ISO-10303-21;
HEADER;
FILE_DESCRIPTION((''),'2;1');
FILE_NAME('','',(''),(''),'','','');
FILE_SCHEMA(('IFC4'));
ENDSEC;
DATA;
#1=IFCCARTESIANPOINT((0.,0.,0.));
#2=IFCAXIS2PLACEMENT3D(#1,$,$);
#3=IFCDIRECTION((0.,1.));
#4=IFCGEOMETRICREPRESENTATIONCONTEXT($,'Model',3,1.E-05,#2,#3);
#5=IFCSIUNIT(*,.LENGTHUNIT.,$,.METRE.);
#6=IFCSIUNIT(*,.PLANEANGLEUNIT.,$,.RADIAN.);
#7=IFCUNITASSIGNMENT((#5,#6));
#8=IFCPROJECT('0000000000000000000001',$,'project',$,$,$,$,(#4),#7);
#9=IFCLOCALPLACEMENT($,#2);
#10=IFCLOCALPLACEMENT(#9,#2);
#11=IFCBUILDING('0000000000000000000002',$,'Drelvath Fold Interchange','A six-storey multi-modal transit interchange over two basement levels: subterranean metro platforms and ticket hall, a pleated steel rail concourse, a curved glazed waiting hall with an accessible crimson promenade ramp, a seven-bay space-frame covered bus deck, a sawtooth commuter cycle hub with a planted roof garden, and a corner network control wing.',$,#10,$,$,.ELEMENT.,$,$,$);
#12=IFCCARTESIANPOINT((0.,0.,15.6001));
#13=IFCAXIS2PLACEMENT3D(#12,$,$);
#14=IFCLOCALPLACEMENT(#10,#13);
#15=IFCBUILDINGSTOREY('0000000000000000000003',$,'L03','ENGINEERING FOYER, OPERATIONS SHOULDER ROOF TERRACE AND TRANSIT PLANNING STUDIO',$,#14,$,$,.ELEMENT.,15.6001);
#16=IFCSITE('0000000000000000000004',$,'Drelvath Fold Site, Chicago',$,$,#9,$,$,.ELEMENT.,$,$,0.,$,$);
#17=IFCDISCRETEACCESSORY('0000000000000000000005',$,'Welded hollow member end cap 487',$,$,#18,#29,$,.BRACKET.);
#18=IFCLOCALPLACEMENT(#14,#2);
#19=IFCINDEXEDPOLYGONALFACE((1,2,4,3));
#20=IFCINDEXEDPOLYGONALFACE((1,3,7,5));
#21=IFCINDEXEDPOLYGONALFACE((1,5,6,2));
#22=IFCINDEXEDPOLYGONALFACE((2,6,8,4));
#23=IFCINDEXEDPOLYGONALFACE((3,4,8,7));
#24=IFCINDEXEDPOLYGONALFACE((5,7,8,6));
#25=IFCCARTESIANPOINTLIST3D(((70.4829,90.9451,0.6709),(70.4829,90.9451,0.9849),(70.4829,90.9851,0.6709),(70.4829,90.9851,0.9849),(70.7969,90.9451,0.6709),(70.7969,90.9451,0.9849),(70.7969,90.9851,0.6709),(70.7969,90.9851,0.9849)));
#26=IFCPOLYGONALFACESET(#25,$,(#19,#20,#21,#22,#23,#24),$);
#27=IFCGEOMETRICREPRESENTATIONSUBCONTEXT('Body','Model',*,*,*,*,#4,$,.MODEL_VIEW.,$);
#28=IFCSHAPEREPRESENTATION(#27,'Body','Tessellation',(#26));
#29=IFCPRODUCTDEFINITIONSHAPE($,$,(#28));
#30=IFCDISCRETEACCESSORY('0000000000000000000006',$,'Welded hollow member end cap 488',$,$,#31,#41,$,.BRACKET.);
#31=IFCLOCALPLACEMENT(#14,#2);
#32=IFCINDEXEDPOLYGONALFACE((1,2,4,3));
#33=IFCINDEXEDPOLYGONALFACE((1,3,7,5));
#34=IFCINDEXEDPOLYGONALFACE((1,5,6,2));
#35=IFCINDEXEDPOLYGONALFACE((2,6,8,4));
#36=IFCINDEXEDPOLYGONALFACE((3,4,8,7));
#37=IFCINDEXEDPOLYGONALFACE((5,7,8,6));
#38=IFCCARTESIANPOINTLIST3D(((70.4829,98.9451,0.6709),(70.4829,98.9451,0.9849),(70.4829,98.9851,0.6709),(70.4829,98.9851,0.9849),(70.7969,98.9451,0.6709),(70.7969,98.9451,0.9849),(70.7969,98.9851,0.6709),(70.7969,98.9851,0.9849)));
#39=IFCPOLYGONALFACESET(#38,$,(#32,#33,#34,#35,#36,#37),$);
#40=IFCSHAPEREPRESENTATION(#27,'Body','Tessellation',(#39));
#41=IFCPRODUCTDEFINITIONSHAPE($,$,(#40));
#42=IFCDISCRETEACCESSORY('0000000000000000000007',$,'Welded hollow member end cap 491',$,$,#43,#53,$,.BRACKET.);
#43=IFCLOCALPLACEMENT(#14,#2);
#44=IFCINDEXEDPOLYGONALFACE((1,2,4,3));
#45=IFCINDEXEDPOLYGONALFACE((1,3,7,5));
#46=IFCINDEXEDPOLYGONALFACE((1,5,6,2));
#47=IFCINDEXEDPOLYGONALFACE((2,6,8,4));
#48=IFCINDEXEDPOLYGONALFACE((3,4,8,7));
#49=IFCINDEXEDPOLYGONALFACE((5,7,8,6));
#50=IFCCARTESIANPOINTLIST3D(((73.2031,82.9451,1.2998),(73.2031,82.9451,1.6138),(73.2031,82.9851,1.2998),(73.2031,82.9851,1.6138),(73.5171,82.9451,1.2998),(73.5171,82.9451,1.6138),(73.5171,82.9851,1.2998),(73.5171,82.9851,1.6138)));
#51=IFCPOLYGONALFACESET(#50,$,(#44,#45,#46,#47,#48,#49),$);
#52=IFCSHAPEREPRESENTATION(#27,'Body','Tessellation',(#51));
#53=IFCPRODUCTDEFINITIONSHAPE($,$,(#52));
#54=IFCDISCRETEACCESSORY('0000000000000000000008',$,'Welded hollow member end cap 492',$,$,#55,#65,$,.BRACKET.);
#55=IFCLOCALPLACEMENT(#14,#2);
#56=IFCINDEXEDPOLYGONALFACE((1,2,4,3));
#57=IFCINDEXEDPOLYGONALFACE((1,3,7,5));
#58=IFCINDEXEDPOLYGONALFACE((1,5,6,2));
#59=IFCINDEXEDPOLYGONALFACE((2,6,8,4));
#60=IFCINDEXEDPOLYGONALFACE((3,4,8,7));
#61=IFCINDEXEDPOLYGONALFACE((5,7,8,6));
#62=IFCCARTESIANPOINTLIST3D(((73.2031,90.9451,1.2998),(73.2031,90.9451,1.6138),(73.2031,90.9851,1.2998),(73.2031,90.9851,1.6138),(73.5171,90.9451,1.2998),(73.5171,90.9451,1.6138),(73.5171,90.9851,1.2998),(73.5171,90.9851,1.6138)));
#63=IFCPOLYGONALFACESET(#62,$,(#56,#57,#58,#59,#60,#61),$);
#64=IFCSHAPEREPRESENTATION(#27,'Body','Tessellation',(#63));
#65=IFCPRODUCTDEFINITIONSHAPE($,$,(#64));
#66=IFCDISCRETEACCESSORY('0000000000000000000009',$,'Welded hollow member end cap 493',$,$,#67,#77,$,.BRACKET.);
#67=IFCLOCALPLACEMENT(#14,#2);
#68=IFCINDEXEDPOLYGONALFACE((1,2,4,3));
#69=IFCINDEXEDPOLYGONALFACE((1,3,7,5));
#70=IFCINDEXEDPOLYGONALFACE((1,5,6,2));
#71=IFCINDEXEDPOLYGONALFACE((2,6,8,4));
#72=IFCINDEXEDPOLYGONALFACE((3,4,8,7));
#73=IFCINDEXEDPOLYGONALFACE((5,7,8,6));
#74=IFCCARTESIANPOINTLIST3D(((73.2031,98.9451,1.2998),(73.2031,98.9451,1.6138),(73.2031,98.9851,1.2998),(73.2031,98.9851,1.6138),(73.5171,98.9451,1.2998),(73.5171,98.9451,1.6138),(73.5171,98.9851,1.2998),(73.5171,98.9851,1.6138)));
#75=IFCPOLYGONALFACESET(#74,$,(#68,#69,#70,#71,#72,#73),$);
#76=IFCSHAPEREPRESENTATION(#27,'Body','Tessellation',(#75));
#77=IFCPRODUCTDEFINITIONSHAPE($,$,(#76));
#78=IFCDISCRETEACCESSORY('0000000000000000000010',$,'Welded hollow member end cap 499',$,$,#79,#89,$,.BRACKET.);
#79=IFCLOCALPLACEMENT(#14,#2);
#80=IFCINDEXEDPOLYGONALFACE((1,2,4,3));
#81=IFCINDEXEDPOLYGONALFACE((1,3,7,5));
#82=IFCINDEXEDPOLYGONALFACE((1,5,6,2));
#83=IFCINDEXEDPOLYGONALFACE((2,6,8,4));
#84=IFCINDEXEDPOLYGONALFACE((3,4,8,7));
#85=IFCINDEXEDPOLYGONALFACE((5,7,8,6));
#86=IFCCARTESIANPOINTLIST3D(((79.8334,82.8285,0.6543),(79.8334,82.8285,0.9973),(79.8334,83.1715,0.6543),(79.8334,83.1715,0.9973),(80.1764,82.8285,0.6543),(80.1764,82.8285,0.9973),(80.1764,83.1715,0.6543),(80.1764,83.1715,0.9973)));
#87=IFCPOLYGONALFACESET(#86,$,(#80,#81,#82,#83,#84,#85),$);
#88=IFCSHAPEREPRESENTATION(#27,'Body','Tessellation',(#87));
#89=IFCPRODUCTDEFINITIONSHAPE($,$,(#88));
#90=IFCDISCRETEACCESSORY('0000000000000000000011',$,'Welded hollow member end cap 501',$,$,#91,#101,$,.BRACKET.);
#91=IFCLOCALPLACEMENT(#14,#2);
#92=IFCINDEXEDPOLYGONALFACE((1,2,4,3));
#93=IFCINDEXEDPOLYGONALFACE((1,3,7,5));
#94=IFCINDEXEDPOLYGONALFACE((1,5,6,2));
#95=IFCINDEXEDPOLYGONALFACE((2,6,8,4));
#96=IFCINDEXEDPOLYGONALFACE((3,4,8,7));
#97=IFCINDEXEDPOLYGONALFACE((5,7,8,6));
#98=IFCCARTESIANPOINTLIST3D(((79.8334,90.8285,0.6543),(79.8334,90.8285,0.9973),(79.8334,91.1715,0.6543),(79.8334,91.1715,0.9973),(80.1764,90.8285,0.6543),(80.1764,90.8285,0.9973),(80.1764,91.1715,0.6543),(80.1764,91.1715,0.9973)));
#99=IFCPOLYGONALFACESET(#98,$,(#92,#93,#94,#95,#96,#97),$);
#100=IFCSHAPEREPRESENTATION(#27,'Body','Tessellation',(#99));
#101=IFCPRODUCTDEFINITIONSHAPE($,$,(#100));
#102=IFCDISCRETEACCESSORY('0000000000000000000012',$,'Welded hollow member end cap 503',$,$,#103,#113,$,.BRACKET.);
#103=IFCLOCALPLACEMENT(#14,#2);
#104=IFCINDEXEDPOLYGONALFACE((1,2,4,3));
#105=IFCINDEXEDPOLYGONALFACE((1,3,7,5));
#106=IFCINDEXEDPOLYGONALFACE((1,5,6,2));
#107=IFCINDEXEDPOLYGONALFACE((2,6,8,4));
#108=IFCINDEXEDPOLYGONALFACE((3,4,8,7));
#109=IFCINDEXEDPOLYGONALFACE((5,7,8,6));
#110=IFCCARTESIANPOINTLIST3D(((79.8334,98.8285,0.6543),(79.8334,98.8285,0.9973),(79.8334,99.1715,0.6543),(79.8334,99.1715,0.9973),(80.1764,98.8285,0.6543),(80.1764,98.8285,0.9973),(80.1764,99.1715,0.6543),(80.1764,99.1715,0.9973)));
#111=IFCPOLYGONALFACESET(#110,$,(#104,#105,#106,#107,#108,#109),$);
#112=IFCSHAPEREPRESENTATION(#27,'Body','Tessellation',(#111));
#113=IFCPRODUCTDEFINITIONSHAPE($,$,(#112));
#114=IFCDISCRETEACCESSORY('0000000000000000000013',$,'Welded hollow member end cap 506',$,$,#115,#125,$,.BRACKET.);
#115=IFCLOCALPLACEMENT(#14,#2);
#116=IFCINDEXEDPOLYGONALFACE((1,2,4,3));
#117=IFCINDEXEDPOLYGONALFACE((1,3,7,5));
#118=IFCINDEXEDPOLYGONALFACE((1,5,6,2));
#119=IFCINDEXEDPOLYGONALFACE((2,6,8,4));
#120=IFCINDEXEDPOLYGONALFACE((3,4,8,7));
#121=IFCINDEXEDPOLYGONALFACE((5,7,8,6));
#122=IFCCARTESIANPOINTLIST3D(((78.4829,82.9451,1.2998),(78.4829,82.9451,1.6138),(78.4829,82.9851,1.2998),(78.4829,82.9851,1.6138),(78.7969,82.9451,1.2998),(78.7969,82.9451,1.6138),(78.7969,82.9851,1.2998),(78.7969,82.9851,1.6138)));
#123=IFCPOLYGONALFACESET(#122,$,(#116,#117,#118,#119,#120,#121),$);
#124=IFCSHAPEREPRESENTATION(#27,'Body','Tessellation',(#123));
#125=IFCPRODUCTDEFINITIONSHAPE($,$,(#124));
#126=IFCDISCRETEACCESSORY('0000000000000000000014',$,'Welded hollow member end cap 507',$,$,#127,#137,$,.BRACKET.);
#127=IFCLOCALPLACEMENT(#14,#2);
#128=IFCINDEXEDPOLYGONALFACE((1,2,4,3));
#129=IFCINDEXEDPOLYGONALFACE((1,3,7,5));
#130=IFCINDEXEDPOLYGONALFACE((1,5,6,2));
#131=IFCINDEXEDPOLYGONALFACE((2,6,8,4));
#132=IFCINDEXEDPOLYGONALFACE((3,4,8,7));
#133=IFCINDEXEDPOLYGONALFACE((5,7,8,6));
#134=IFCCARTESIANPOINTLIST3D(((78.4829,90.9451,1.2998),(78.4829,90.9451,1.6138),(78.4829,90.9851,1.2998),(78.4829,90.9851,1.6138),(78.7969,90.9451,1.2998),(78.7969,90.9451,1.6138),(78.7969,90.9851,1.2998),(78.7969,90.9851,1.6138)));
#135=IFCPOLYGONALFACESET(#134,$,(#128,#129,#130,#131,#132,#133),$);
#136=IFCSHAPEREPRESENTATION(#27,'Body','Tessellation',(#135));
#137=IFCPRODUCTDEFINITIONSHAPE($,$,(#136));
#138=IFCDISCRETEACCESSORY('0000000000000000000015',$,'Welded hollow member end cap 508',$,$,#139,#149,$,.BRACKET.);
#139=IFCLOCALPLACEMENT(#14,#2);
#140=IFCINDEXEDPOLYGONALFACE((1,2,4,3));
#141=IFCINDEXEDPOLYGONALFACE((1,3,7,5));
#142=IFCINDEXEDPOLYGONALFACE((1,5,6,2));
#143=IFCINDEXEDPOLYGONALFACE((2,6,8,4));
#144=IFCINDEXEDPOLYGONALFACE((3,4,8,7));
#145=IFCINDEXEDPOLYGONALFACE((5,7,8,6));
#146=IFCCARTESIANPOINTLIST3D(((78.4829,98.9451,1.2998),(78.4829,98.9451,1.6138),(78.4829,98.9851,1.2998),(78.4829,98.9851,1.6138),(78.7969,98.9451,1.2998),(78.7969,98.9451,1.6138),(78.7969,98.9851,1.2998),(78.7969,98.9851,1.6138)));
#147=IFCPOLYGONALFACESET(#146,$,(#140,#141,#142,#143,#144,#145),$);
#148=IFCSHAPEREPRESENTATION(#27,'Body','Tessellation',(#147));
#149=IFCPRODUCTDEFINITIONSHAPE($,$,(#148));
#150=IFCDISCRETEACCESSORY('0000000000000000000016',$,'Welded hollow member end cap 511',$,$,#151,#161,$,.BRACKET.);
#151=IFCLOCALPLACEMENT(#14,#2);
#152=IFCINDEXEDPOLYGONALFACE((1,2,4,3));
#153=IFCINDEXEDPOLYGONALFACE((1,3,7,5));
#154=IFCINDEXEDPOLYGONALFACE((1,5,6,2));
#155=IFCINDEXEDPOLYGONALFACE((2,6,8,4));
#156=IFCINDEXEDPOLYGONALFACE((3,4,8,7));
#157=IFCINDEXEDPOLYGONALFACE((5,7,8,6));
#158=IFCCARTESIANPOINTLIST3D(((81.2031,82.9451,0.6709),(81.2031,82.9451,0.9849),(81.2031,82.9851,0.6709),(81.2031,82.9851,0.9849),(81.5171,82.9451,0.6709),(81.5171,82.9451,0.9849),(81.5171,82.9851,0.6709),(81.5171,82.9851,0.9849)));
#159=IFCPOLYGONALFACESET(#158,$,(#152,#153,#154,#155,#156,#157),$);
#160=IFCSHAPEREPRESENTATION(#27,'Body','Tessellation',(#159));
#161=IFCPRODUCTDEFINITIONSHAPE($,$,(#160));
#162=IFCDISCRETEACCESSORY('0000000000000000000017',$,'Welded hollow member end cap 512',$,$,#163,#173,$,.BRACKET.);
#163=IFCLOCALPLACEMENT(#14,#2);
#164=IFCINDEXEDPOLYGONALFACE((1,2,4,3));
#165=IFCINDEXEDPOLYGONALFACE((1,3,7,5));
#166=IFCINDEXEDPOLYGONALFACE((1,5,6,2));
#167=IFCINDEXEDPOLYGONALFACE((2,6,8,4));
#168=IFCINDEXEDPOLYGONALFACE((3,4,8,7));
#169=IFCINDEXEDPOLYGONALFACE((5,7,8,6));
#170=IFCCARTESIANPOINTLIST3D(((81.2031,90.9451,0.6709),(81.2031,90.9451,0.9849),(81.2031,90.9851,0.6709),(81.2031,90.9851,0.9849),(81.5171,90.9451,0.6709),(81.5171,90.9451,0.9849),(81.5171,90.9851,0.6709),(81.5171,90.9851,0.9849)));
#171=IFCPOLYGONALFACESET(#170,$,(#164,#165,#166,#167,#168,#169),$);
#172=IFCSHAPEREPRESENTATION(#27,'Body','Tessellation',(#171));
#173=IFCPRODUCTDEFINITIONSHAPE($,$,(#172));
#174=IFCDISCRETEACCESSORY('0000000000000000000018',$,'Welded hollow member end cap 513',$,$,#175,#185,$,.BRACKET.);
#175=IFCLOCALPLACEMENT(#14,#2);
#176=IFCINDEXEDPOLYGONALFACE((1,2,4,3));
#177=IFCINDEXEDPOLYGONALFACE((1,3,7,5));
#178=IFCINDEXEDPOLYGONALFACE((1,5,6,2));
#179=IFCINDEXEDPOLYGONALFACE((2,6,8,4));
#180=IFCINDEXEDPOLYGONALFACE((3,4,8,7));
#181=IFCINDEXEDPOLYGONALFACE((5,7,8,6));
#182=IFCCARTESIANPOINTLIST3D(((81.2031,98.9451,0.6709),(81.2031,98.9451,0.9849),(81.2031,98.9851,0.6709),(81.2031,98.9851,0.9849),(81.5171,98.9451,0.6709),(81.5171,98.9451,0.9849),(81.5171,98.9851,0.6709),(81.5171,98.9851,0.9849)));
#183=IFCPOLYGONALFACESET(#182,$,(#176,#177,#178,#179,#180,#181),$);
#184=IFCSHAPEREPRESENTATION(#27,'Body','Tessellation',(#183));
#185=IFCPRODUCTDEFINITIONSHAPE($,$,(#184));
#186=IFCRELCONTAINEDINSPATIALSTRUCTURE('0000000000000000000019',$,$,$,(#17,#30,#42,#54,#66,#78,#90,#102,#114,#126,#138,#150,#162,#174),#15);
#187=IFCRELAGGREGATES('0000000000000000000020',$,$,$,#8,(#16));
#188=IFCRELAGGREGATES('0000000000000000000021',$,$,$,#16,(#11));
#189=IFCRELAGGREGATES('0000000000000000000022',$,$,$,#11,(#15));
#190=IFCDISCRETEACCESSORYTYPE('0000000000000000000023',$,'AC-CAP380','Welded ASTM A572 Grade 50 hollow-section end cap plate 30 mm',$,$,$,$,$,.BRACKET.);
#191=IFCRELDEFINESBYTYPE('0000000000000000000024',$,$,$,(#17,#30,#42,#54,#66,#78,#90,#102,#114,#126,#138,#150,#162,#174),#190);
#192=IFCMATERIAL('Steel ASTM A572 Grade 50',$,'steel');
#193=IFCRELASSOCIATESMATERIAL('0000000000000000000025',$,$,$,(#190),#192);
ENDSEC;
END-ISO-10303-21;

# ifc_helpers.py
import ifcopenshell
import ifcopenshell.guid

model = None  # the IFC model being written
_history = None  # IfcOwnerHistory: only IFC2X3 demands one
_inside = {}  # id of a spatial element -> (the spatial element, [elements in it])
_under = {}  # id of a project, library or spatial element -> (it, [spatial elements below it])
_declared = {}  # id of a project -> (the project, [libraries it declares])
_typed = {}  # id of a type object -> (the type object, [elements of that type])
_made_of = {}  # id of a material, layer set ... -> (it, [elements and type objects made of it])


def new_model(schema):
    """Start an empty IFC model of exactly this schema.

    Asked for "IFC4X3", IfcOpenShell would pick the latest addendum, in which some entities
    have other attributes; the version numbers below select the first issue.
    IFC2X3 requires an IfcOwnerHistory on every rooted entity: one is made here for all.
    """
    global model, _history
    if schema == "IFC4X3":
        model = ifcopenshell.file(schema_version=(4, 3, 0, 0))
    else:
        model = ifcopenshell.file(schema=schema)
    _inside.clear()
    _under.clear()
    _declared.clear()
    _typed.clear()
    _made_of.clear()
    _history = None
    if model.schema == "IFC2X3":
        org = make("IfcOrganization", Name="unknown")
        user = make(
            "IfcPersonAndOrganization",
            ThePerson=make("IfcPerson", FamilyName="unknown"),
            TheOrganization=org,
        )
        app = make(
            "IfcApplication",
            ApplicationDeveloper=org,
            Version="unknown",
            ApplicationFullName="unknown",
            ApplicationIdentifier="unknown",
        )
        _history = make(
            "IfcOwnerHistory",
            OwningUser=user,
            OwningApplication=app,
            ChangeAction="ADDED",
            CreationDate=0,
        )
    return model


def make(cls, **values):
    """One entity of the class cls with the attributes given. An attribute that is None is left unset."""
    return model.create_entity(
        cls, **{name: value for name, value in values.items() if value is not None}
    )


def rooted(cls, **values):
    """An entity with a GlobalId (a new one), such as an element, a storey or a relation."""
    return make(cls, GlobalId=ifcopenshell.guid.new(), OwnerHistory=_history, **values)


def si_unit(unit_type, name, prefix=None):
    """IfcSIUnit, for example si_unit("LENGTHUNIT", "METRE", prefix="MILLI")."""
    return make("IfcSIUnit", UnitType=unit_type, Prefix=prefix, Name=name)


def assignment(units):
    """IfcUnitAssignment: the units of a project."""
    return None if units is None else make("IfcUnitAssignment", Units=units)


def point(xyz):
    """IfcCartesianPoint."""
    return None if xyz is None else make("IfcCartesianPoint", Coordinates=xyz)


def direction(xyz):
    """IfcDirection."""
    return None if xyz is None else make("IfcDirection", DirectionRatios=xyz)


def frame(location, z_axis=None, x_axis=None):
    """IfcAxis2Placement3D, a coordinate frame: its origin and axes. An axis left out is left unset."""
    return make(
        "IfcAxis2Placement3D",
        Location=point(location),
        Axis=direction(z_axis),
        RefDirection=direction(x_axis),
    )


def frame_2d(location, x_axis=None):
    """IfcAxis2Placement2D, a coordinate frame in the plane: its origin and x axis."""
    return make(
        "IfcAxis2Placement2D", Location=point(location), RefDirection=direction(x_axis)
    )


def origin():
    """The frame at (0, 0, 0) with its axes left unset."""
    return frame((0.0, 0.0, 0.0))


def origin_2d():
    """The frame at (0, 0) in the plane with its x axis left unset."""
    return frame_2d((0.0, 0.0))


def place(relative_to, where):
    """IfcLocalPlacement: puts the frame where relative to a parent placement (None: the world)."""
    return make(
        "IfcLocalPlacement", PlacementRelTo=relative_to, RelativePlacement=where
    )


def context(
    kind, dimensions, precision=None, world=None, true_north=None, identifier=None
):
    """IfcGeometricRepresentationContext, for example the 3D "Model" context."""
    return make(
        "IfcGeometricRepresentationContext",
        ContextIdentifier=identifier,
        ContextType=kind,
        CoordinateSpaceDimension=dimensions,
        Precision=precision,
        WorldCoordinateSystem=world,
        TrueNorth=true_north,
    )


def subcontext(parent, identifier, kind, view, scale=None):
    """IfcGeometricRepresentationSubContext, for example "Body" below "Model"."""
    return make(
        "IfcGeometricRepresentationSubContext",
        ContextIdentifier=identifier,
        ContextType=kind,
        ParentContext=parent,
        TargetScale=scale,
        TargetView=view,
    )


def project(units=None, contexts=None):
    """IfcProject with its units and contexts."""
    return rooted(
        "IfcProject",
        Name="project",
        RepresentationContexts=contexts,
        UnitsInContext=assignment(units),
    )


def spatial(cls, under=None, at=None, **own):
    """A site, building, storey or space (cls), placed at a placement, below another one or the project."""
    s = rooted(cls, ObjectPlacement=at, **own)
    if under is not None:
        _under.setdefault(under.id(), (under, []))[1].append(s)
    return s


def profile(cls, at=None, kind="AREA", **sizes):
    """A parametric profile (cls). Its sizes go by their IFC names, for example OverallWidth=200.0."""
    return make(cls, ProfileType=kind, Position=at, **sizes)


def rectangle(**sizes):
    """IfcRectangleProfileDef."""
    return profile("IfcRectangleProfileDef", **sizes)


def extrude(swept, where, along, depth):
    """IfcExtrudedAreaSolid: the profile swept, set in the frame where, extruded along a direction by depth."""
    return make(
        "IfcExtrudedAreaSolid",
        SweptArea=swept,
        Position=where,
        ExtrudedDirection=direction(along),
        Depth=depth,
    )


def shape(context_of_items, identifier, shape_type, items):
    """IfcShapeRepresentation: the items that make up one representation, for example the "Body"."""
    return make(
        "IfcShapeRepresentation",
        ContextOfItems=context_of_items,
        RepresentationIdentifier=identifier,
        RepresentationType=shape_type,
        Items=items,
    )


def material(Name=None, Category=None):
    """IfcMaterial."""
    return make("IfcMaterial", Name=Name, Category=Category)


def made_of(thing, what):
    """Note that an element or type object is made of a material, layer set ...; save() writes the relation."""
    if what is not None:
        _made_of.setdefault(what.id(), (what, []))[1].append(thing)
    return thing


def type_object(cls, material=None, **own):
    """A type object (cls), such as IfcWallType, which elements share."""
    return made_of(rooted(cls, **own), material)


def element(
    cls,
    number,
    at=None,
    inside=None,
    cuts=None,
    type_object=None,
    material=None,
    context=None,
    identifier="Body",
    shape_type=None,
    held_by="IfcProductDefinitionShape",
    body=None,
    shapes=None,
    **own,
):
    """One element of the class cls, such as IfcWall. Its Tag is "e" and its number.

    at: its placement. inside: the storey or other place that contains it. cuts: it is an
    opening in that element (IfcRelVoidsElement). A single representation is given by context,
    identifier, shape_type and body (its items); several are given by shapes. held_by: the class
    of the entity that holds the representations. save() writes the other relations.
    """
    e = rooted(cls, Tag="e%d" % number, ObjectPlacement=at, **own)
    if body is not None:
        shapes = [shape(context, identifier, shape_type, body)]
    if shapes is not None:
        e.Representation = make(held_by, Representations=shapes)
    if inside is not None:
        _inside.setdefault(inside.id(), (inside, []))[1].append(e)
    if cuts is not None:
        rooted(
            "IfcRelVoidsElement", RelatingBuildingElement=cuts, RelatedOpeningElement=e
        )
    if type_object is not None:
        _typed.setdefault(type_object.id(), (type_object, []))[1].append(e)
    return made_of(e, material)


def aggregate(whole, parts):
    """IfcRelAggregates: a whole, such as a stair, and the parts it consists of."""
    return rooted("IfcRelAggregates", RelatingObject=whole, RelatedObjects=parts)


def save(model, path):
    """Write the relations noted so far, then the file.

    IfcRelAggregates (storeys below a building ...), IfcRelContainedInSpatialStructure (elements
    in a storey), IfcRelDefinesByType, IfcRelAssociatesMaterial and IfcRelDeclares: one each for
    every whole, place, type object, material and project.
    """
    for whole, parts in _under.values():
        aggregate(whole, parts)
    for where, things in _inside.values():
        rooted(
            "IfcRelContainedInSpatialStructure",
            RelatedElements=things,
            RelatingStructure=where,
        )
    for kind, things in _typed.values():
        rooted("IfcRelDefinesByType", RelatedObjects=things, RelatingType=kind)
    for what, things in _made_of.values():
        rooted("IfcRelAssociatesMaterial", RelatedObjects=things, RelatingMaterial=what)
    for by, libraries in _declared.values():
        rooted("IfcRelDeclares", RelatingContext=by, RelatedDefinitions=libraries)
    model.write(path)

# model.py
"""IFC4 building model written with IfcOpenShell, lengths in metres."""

from ifc_helpers import new_model, si_unit, direction, frame, origin, origin_2d, place, context, subcontext, project, spatial, rectangle, extrude, material, type_object, element, save


model = new_model("IFC4")

# Units and contexts
model_context = context("Model", 3, precision=1e-05, world=origin(), true_north=direction((0.0, 1.0)))
body_context = subcontext(model_context, "Body", "Model", "MODEL_VIEW")
ifc_project = project(units=[si_unit("LENGTHUNIT", "METRE"), si_unit("PLANEANGLEUNIT", "RADIAN")], contexts=[model_context])

# Site, building, storey
site_placement = place(None, origin())
site = spatial("IfcSite", under=ifc_project, at=site_placement, Name="Drelvath Fold Site, Chicago", CompositionType="ELEMENT", RefElevation=0.0)
building_placement = place(site_placement, origin())
building = spatial("IfcBuilding", under=site, at=building_placement, Name="Drelvath Fold Interchange", Description="A six-storey multi-modal transit interchange over two basement levels: subterranean metro platforms and ticket hall, a pleated steel rail concourse, a curved glazed waiting hall with an accessible crimson promenade ramp, a seven-bay space-frame covered bus deck, a sawtooth commuter cycle hub with a planted roof garden, and a corner network control wing.", CompositionType="ELEMENT")
storey_placement = place(building_placement, frame((0.0, 0.0, 15.6001)))
storey = spatial("IfcBuildingStorey", under=building, at=storey_placement, Name="L03", Description="ENGINEERING FOYER, OPERATIONS SHOULDER ROOF TERRACE AND TRANSIT PLANNING STUDIO", CompositionType="ELEMENT", Elevation=15.6001)

# Shared definitions
ifc_material_1 = material(Name="Steel ASTM A572 Grade 50", Category="steel")

# Discrete accessories
discrete_accessory_type = type_object("IfcDiscreteAccessoryType", Name="AC-CAP380", Description="Welded ASTM A572 Grade 50 hollow-section end cap plate 30 mm", PredefinedType="BRACKET", material=ifc_material_1)
for number, where, z_axis, x_axis, name in (
    (1, (70.6399, 90.9651, 0.6709), (0.0, 0.0, 1.0), (1.0, 0.0, 0.0), "Welded hollow member end cap 487"),
    (2, (70.6399, 98.9651, 0.6709), (0.0, 0.0, 1.0), (1.0, 0.0, 0.0), "Welded hollow member end cap 488"),
    (3, (73.3601, 82.9651, 1.2998), (0.0, 0.0, 1.0), (1.0, 0.0, 0.0), "Welded hollow member end cap 491"),
    (4, (73.3601, 90.9651, 1.2998), (0.0, 0.0, 1.0), (1.0, 0.0, 0.0), "Welded hollow member end cap 492"),
    (5, (73.3601, 98.9651, 1.2998), (0.0, 0.0, 1.0), (1.0, 0.0, 0.0), "Welded hollow member end cap 493"),
):
    element("IfcDiscreteAccessory", number, at=place(storey_placement, frame(where, z_axis=z_axis, x_axis=x_axis)), inside=storey, type_object=discrete_accessory_type, Name=name, PredefinedType="BRACKET", context=body_context, shape_type="SweptSolid", body=[
        extrude(rectangle(XDim=0.314, YDim=0.04, at=origin_2d()), origin(), (0.0, 0.0, 1.0), 0.314),
    ])
for number, where, z_axis, x_axis, name in (
    (6, (80.0049, 83.0, 0.6543), (0.0, 0.0, 1.0), (1.0, 0.0, 0.0), "Welded hollow member end cap 499"),
    (7, (80.0049, 91.0, 0.6543), (0.0, 0.0, 1.0), (1.0, 0.0, 0.0), "Welded hollow member end cap 501"),
    (8, (80.0049, 99.0, 0.6543), (0.0, 0.0, 1.0), (1.0, 0.0, 0.0), "Welded hollow member end cap 503"),
):
    element("IfcDiscreteAccessory", number, at=place(storey_placement, frame(where, z_axis=z_axis, x_axis=x_axis)), inside=storey, type_object=discrete_accessory_type, Name=name, PredefinedType="BRACKET", context=body_context, shape_type="SweptSolid", body=[
        extrude(rectangle(XDim=0.343, YDim=0.343, at=origin_2d()), origin(), (0.0, 0.0, 1.0), 0.343),
    ])
for number, where, z_axis, x_axis, name in (
    (9, (78.6399, 82.9651, 1.2998), (0.0, 0.0, 1.0), (1.0, 0.0, 0.0), "Welded hollow member end cap 506"),
    (10, (78.6399, 90.9651, 1.2998), (0.0, 0.0, 1.0), (1.0, 0.0, 0.0), "Welded hollow member end cap 507"),
    (11, (78.6399, 98.9651, 1.2998), (0.0, 0.0, 1.0), (1.0, 0.0, 0.0), "Welded hollow member end cap 508"),
    (12, (81.3601, 82.9651, 0.6709), (0.0, 0.0, 1.0), (1.0, 0.0, 0.0), "Welded hollow member end cap 511"),
    (13, (81.3601, 90.9651, 0.6709), (0.0, 0.0, 1.0), (1.0, 0.0, 0.0), "Welded hollow member end cap 512"),
    (14, (81.3601, 98.9651, 0.6709), (0.0, 0.0, 1.0), (1.0, 0.0, 0.0), "Welded hollow member end cap 513"),
):
    element("IfcDiscreteAccessory", number, at=place(storey_placement, frame(where, z_axis=z_axis, x_axis=x_axis)), inside=storey, type_object=discrete_accessory_type, Name=name, PredefinedType="BRACKET", context=body_context, shape_type="SweptSolid", body=[
        extrude(rectangle(XDim=0.314, YDim=0.04, at=origin_2d()), origin(), (0.0, 0.0, 1.0), 0.314),
    ])

save(model, "model.ifc")
